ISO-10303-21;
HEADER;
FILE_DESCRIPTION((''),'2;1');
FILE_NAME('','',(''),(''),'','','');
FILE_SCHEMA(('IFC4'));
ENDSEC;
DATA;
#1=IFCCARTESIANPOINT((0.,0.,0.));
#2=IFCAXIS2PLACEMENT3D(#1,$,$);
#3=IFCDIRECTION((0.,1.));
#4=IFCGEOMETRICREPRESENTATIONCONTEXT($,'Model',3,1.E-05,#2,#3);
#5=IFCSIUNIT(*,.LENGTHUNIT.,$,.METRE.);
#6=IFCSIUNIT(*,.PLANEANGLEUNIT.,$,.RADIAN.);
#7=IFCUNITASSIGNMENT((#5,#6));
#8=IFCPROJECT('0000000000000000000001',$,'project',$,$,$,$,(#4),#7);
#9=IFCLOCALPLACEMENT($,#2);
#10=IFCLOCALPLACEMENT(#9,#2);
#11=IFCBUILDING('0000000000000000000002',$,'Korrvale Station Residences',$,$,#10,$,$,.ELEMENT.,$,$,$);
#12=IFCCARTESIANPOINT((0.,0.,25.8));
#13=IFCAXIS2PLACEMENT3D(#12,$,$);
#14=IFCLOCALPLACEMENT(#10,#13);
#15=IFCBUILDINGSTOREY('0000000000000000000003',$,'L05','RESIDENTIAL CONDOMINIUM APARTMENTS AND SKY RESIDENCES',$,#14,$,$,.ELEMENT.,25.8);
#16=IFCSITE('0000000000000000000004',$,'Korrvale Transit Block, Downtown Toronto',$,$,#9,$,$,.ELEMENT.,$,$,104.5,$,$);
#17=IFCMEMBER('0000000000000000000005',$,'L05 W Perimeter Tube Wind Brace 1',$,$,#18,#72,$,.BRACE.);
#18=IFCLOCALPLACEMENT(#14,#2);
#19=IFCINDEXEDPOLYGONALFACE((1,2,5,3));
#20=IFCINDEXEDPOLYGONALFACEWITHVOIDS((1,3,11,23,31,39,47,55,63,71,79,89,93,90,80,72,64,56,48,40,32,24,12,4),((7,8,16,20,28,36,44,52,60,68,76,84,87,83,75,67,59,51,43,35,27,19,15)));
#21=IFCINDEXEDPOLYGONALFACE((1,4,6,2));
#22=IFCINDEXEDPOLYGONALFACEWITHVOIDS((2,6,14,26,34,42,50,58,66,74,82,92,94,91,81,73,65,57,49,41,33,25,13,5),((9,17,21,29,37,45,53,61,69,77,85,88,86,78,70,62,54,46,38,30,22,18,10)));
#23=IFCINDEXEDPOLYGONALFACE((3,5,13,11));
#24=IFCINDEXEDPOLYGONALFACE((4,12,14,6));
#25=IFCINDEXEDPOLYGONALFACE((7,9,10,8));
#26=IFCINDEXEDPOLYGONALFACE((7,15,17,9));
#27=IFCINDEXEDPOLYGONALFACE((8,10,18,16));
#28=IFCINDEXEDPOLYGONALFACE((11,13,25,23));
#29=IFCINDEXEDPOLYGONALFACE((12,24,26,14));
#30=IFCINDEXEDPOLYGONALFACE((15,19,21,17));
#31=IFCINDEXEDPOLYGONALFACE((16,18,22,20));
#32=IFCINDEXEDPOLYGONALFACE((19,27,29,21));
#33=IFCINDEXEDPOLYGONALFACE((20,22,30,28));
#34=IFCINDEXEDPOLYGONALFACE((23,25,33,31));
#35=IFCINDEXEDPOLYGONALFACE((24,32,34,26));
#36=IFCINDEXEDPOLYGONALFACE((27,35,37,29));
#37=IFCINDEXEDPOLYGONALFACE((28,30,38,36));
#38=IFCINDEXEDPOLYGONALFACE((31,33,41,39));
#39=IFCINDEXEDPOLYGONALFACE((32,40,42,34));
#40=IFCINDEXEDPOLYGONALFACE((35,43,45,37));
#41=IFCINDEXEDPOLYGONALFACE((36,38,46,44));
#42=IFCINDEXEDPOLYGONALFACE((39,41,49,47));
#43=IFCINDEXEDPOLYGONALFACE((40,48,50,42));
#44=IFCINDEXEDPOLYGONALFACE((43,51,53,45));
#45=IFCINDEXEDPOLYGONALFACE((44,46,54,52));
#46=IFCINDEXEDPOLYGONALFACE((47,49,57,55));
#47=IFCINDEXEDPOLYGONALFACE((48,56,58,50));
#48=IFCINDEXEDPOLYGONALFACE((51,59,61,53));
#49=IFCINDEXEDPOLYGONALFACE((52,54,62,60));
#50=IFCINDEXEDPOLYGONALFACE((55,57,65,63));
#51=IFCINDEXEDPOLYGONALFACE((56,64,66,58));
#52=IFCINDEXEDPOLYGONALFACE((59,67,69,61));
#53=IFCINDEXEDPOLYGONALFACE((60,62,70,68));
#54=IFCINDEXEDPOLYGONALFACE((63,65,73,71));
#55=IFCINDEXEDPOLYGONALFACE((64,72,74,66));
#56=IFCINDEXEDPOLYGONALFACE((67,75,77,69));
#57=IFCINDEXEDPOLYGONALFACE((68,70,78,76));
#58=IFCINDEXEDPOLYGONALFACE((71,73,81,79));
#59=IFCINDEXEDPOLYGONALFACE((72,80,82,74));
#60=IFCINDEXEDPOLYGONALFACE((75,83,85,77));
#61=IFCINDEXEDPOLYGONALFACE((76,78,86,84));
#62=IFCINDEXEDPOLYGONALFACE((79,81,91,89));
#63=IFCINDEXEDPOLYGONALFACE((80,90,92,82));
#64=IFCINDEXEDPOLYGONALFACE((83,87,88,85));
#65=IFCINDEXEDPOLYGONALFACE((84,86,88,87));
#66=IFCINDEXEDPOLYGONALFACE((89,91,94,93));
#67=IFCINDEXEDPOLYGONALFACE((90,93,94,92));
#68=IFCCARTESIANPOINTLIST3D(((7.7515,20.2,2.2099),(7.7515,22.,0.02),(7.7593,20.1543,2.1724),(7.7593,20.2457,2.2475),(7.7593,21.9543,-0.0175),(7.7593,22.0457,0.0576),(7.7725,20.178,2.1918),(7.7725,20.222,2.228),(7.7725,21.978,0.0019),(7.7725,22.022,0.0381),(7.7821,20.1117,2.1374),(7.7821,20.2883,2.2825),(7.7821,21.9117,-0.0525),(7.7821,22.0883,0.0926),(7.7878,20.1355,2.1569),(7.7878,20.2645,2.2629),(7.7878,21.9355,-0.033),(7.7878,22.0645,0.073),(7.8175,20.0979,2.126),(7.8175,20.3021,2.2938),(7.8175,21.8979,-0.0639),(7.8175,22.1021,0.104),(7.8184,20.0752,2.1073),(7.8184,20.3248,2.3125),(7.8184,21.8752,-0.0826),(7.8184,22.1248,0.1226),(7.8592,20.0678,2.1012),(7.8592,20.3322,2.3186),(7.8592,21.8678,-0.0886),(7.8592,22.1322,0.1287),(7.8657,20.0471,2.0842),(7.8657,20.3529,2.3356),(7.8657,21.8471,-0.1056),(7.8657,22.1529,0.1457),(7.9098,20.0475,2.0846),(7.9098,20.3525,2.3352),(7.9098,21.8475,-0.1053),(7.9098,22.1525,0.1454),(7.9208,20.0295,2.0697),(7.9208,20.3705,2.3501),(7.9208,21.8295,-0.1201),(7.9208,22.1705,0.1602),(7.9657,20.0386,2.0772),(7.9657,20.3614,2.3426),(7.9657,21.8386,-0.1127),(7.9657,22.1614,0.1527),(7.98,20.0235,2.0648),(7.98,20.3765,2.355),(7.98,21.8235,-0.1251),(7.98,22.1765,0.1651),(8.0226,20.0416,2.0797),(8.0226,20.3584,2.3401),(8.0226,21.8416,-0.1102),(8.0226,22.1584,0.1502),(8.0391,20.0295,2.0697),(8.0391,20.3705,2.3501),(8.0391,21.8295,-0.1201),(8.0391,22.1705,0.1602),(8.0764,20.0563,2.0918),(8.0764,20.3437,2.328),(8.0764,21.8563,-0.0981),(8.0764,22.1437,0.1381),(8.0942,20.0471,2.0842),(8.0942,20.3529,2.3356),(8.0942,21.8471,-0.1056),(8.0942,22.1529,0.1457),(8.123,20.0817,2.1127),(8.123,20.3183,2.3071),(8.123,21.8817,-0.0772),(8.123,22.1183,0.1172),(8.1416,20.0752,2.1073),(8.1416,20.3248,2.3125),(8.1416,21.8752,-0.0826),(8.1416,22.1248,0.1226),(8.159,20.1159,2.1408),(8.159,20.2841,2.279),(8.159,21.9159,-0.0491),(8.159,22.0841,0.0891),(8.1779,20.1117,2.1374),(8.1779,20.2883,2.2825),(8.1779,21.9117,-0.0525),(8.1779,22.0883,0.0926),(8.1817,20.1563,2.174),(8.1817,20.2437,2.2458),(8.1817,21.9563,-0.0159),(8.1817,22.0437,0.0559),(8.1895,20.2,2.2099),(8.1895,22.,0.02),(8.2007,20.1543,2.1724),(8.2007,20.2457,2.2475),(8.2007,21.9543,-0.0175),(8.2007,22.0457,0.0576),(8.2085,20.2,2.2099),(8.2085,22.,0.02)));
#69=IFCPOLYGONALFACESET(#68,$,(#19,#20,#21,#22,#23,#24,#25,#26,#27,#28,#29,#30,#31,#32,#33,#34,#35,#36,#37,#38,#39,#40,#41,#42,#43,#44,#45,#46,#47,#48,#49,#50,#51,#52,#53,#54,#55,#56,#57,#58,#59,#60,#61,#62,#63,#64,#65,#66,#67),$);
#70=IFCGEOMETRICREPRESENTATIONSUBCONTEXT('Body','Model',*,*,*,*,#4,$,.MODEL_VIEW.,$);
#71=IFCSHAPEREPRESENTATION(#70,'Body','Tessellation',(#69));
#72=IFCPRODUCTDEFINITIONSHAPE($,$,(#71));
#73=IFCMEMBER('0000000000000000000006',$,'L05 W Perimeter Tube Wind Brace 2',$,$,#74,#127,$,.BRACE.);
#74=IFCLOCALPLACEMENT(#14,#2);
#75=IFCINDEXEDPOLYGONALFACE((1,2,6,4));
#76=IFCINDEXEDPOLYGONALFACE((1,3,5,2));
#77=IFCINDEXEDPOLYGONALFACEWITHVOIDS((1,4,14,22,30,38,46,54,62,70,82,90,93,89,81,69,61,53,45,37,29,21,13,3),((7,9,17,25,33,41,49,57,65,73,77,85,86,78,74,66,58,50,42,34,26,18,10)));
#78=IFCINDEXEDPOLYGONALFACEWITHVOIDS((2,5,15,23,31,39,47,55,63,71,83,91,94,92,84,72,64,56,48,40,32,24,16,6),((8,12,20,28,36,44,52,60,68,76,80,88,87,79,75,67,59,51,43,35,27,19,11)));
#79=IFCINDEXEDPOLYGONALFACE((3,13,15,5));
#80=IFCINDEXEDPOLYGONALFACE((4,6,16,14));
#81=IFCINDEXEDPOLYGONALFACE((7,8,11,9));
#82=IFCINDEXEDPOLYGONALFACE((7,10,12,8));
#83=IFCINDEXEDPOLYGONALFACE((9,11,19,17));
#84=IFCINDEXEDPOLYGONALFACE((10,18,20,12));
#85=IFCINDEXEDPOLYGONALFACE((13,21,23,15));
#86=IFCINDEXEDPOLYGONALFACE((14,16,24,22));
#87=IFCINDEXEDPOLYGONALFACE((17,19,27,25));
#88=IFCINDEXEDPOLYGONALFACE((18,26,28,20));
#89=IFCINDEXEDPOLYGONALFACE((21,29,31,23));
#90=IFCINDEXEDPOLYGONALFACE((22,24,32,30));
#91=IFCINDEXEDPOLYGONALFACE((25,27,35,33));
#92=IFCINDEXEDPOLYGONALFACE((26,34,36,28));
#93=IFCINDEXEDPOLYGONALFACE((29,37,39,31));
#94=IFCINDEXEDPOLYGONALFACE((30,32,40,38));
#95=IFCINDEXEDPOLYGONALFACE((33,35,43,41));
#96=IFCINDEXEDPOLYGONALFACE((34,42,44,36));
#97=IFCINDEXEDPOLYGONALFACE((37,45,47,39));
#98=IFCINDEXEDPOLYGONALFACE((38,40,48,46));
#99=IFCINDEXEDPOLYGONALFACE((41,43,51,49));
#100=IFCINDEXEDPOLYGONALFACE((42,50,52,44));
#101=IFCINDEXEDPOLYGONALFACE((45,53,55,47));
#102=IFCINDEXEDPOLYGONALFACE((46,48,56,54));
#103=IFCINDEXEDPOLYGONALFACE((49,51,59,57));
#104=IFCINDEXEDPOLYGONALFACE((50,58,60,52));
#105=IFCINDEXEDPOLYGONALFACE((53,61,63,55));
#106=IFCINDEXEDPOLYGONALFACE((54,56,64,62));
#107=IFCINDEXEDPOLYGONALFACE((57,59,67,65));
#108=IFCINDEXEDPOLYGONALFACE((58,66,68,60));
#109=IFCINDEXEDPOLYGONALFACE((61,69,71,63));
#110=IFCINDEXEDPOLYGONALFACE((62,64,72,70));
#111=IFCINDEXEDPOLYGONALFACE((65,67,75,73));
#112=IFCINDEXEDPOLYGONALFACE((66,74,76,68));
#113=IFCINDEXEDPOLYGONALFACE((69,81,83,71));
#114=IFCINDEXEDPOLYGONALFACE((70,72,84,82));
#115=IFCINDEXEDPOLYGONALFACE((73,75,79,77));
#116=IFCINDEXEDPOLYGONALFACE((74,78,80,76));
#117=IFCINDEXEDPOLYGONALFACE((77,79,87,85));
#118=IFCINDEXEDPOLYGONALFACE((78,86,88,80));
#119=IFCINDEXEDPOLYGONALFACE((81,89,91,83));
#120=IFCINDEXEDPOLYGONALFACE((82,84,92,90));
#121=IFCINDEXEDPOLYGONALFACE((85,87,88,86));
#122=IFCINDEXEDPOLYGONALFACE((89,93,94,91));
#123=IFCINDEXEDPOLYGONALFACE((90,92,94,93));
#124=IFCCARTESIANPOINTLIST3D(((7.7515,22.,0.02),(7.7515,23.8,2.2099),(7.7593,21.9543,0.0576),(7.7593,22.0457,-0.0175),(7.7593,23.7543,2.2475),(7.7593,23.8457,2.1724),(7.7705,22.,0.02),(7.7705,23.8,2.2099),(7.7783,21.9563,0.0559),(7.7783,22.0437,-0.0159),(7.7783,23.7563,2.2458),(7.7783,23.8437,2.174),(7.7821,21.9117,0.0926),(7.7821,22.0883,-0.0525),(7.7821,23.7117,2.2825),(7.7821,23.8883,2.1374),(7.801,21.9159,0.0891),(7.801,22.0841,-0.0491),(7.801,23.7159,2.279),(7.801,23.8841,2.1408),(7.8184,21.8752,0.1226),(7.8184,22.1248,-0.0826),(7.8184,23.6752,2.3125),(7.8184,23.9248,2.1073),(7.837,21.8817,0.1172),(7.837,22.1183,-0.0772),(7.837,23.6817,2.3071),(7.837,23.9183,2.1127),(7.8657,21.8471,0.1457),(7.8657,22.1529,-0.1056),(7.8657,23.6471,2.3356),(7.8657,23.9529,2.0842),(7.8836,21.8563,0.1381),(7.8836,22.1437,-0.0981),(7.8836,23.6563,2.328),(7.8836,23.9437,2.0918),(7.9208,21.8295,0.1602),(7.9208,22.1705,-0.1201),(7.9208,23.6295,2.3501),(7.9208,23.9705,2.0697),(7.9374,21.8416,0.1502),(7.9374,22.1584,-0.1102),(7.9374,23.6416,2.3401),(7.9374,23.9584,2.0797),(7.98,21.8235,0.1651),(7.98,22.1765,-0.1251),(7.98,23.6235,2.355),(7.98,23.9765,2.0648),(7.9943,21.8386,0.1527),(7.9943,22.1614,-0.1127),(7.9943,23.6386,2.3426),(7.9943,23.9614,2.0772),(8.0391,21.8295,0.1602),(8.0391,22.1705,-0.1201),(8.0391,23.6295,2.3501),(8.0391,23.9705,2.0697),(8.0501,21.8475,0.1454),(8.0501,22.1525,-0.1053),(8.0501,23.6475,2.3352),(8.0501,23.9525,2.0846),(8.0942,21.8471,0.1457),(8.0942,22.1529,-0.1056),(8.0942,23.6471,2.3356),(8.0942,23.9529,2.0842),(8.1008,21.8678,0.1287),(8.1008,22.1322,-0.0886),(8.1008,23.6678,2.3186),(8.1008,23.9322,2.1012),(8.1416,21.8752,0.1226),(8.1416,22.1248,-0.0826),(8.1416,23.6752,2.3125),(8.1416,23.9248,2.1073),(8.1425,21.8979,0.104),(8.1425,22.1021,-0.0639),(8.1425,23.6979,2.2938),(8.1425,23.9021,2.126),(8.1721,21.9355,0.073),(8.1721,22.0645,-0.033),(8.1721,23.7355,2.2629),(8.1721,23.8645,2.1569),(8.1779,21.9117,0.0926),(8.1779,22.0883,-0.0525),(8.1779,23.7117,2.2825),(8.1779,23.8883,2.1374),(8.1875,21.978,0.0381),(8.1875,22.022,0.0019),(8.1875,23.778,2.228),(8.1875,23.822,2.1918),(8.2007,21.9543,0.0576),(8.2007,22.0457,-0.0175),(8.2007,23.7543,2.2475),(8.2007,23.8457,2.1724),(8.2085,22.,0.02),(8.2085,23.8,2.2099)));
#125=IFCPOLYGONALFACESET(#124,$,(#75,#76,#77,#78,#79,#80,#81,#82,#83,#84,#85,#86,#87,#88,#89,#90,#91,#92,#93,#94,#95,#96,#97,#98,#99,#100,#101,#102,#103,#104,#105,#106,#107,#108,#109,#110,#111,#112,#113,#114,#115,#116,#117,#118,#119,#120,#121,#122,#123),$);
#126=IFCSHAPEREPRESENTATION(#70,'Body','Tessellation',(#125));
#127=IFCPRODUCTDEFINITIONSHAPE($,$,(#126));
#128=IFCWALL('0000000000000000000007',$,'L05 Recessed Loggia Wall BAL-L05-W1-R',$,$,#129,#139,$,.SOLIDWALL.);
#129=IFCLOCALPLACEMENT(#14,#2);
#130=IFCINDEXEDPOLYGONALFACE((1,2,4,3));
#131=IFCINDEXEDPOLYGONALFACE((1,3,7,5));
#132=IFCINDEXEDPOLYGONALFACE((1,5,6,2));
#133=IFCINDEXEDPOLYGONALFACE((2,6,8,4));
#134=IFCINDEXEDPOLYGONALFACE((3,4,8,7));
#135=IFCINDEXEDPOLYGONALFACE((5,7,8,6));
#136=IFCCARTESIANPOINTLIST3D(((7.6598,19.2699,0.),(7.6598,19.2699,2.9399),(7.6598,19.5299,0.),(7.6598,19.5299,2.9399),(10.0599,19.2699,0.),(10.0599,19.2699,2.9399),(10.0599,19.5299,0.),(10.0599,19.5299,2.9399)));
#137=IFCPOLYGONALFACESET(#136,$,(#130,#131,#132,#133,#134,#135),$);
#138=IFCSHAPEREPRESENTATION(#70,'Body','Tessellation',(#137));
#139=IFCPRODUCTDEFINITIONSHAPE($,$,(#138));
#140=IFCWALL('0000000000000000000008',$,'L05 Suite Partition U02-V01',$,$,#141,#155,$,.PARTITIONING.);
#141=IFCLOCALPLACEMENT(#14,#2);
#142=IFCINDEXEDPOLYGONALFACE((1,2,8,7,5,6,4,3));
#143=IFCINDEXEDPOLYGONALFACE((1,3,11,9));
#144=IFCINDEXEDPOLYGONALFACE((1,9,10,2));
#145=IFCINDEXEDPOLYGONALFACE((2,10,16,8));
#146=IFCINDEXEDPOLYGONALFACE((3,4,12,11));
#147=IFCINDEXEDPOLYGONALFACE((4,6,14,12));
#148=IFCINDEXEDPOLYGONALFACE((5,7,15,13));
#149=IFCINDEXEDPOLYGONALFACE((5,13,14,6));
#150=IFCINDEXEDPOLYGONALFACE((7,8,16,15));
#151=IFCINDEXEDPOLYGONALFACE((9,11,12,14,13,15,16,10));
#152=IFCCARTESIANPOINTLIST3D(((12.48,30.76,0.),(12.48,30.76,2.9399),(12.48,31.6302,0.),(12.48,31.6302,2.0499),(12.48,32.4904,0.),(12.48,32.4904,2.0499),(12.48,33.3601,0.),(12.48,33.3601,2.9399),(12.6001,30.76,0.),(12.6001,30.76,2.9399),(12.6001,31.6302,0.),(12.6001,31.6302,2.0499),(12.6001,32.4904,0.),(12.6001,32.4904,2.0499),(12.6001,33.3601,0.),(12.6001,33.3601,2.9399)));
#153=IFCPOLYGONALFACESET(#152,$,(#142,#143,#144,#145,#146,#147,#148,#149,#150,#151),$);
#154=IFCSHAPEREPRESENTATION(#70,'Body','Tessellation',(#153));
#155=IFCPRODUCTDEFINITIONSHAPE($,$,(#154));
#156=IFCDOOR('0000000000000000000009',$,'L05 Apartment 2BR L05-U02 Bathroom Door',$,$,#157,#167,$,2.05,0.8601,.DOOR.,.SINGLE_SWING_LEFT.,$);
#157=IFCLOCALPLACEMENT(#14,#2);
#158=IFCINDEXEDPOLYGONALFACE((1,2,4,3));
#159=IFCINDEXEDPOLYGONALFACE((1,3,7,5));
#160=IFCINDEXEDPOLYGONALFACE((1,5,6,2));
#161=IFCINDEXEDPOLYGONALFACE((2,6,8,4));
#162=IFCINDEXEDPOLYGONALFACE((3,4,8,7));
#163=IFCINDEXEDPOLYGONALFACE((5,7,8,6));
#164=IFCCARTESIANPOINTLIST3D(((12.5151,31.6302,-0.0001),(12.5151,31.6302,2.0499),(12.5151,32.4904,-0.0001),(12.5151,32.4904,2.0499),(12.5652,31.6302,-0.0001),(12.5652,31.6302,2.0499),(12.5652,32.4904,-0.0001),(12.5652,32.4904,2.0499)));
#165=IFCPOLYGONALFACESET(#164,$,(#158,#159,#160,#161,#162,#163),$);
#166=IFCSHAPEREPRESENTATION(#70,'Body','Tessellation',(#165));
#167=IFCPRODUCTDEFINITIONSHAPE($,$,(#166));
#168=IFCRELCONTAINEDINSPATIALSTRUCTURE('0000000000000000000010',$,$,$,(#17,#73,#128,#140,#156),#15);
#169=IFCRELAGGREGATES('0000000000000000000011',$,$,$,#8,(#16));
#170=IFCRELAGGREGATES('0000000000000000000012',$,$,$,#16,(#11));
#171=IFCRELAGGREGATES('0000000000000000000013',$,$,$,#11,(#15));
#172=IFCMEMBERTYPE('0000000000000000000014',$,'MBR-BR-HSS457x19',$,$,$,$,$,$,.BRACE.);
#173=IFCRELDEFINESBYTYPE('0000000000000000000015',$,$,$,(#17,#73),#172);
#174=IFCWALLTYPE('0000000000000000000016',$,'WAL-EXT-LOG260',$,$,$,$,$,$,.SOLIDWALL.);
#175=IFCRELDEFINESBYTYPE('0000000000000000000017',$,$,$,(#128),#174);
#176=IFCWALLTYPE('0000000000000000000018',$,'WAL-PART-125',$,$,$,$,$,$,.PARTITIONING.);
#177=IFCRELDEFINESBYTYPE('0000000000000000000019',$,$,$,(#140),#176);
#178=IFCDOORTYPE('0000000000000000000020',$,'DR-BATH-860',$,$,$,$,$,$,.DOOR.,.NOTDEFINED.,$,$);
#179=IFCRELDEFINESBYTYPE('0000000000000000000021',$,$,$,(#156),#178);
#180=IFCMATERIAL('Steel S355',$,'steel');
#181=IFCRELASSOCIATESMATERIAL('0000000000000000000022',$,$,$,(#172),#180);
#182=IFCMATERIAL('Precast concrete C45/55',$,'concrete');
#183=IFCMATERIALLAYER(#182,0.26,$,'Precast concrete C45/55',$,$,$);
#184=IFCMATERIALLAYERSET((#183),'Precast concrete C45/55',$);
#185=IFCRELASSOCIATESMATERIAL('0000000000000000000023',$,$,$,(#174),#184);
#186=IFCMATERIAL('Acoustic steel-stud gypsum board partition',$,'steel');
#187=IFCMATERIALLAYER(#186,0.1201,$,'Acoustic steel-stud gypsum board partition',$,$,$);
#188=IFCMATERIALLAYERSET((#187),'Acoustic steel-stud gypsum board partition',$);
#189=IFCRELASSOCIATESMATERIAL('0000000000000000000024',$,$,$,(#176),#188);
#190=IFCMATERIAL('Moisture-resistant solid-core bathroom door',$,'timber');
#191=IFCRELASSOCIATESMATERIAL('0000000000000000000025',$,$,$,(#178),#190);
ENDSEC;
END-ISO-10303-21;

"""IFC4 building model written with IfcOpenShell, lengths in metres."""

from ifc_helpers import new_model, si_unit, direction, frame, frame_2d, origin, origin_2d, place, context, subcontext, project, spatial, rectangle, hollow_circle, extrude, material, layer, layer_set, material_profile, profile_set, type_object, element, fill, save


model = new_model("IFC4")

# Units and contexts
model_context = context("Model", 3, precision=1e-05, world=origin(), true_north=direction((0.0, 1.0)))
body_context = subcontext(model_context, "Body", "Model", "MODEL_VIEW")
ifc_project = project(units=[si_unit("LENGTHUNIT", "METRE"), si_unit("PLANEANGLEUNIT", "RADIAN")], contexts=[model_context])

# Site, building, storey
site_placement = place(None, origin())
site = spatial("IfcSite", under=ifc_project, at=site_placement, Name="Korrvale Transit Block, Downtown Toronto", CompositionType="ELEMENT", RefElevation=104.5)
building_placement = place(site_placement, origin())
building = spatial("IfcBuilding", under=site, at=building_placement, Name="Korrvale Station Residences", CompositionType="ELEMENT")
storey_placement = place(building_placement, frame((0.0, 0.0, 25.8)))
storey = spatial("IfcBuildingStorey", under=building, at=storey_placement, Name="L05", Description="RESIDENTIAL CONDOMINIUM APARTMENTS AND SKY RESIDENCES", CompositionType="ELEMENT", Elevation=25.8)

# Shared definitions
ifc_material_1 = material(Name="Steel S355", Category="steel")

# Members
ifc_material_profile_1 = material_profile(ifc_material_1, hollow_circle(Radius=0.2285, WallThickness=0.019, at=origin_2d()), Name="HSS457x19")
ifc_profile_set_1 = profile_set([ifc_material_profile_1], Name="Steel S355")
member_type = type_object("IfcMemberType", Name="MBR-BR-HSS457x19", PredefinedType="BRACE", material=ifc_profile_set_1)
for number, where, z_axis, x_axis, name in (
    (1, (7.98, 22.0, 0.02), (0.0, -0.634985, 0.772524), (1.0, 0.0, 0.0), "L05 W Perimeter Tube Wind Brace 1"),
    (2, (7.98, 22.0, 0.02), (0.0, 0.634985, 0.772524), (-1.0, 0.0, 0.0), "L05 W Perimeter Tube Wind Brace 2"),
):
    element("IfcMember", number, at=place(storey_placement, frame(where, z_axis=z_axis, x_axis=x_axis)), inside=storey, type_object=member_type, Name=name, PredefinedType="BRACE", context=body_context, shape_type="SweptSolid", body=[
        extrude(hollow_circle(Radius=0.2285, WallThickness=0.019, at=origin_2d()), origin(), (0.0, 0.0, 1.0), 2.8347),
    ])

# Wall
ifc_material_2 = material(Name="Precast concrete C45/55", Category="concrete")
ifc_layer_1 = layer(ifc_material_2, 0.26, Name="Precast concrete C45/55")
ifc_layer_set_1 = layer_set([ifc_layer_1], Name="Precast concrete C45/55")
wall_type_1 = type_object("IfcWallType", Name="WAL-EXT-LOG260", PredefinedType="SOLIDWALL", material=ifc_layer_set_1)
wall_1_placement = place(storey_placement, frame((10.0601, 19.3999, 0.0), z_axis=(0.0, 0.0, 1.0), x_axis=(-1.0, 0.0, 0.0)))
element("IfcWall", 3, at=wall_1_placement, inside=storey, type_object=wall_type_1, Name="L05 Recessed Loggia Wall BAL-L05-W1-R", PredefinedType="SOLIDWALL", context=body_context, shape_type="SweptSolid", body=[
    extrude(rectangle(XDim=2.4001, YDim=0.26, at=frame_2d((1.2002, 0.0))), origin(), (0.0, 0.0, 1.0), 2.9399),
])

# Wall, opening, door
ifc_material_3 = material(Name="Acoustic steel-stud gypsum board partition", Category="steel")
ifc_layer_2 = layer(ifc_material_3, 0.1201, Name="Acoustic steel-stud gypsum board partition")
ifc_layer_set_2 = layer_set([ifc_layer_2], Name="Acoustic steel-stud gypsum board partition")
wall_type_2 = type_object("IfcWallType", Name="WAL-PART-125", PredefinedType="PARTITIONING", material=ifc_layer_set_2)
wall_2_placement = place(storey_placement, frame((12.54, 30.76, 0.0), z_axis=(0.0, 0.0, 1.0), x_axis=(0.0, 1.0, 0.0)))
wall_2 = element("IfcWall", 4, at=wall_2_placement, inside=storey, type_object=wall_type_2, Name="L05 Suite Partition U02-V01", PredefinedType="PARTITIONING", context=body_context, shape_type="SweptSolid", body=[
    extrude(rectangle(XDim=2.6001, YDim=0.1201, at=frame_2d((1.3, 0.0))), origin(), (0.0, 0.0, 1.0), 2.9399),
])
opening_1_placement = place(wall_2_placement, frame((0.8701, 0.0, 0.0)))
opening_1 = element("IfcOpeningElement", 5, at=opening_1_placement, cuts=wall_2, PredefinedType="OPENING", context=body_context, shape_type="SweptSolid", body=[
    extrude(rectangle(XDim=0.8601, YDim=2.05, at=frame_2d((0.4302, 1.0249))), frame((0.0, 0.0701, 0.0), z_axis=(0.0, -1.0, 0.0), x_axis=(1.0, 0.0, 0.0)), (0.0, 0.0, 1.0), 0.1401),
])
ifc_material_4 = material(Name="Moisture-resistant solid-core bathroom door", Category="timber")
door_type_1 = type_object("IfcDoorType", Name="DR-BATH-860", OperationType="NOTDEFINED", PredefinedType="DOOR", material=ifc_material_4)
door_1_placement = place(opening_1_placement, origin())
door_1 = element("IfcDoor", 6, at=door_1_placement, inside=storey, type_object=door_type_1, Name="L05 Apartment 2BR L05-U02 Bathroom Door", OperationType="SINGLE_SWING_LEFT", OverallHeight=2.05, OverallWidth=0.8601, PredefinedType="DOOR", context=body_context, shape_type="SweptSolid", body=[
    extrude(rectangle(XDim=0.8601, YDim=2.05, at=frame_2d((0.4302, 1.0249))), frame((0.0, 0.0249, 0.0), z_axis=(0.0, -1.0, 0.0), x_axis=(1.0, 0.0, 0.0)), (0.0, 0.0, 1.0), 0.05),
])
fill(opening_1, door_1)

save(model, "model.ifc")
